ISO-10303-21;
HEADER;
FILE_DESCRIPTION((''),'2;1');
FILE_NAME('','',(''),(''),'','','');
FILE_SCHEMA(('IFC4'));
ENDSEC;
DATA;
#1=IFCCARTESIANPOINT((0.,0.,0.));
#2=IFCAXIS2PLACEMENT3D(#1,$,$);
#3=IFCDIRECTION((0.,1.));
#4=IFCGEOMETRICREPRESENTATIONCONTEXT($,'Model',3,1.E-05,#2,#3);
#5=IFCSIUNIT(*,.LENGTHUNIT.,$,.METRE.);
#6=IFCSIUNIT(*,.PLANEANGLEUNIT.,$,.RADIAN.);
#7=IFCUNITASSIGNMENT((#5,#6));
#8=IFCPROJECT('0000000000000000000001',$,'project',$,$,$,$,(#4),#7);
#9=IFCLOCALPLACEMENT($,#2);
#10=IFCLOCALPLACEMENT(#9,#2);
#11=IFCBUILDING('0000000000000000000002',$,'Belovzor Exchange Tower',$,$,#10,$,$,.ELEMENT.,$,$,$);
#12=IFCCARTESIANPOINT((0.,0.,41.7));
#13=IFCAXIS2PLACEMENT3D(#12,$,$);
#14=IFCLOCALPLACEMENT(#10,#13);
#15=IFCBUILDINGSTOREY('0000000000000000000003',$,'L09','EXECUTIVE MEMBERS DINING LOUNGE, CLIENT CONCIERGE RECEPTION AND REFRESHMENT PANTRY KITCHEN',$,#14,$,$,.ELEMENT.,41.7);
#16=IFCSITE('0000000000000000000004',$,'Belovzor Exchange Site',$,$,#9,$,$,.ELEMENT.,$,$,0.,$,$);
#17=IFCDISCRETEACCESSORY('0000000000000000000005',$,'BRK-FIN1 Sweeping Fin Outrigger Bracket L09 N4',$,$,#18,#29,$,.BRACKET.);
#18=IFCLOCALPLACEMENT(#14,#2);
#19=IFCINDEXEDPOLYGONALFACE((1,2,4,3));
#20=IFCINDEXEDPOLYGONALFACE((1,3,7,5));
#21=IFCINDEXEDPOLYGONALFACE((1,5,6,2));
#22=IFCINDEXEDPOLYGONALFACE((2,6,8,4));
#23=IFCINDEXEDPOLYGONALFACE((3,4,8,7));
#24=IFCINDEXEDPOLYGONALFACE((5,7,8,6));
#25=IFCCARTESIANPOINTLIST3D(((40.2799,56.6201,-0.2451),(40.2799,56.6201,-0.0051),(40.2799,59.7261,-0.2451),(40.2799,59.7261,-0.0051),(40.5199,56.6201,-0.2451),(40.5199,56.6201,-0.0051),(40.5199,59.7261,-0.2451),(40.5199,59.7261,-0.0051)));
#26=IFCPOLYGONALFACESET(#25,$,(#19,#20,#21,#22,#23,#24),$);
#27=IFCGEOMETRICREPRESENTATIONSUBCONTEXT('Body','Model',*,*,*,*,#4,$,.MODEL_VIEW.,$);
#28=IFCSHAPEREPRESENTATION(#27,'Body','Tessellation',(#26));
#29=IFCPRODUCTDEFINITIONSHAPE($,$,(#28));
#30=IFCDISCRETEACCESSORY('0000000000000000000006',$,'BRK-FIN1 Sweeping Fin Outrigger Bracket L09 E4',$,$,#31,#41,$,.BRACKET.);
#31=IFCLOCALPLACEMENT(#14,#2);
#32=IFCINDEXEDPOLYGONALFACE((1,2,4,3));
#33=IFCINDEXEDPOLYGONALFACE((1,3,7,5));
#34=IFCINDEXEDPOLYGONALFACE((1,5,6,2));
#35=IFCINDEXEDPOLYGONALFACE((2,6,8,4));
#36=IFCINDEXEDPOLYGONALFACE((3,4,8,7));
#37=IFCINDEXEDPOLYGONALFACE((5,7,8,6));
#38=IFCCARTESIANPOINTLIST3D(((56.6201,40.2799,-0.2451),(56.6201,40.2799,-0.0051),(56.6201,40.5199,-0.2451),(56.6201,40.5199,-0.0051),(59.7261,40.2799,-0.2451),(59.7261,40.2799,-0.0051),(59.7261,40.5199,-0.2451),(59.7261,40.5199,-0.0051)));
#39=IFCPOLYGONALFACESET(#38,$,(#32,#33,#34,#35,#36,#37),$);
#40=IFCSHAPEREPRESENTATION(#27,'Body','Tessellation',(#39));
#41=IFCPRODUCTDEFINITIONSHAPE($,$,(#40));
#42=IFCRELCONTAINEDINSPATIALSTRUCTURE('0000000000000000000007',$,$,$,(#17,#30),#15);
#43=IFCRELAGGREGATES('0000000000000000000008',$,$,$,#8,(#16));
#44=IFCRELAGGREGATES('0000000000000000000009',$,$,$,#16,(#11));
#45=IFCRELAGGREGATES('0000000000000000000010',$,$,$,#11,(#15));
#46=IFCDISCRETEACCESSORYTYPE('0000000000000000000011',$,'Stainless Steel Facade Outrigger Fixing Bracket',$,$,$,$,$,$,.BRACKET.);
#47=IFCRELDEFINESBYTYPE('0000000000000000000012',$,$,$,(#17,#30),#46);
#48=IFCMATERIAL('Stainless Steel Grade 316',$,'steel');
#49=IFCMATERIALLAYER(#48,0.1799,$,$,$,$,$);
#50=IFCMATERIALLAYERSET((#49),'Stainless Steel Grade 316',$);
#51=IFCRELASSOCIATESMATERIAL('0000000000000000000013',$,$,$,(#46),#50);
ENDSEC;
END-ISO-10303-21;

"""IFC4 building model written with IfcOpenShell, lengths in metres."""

from ifc_helpers import new_model, si_unit, direction, frame, origin, origin_2d, place, context, subcontext, project, spatial, rectangle, extrude, material, layer, layer_set, type_object, element, save


model = new_model("IFC4")

# Units and contexts
model_context = context("Model", 3, precision=1e-05, world=origin(), true_north=direction((0.0, 1.0)))
body_context = subcontext(model_context, "Body", "Model", "MODEL_VIEW")
ifc_project = project(units=[si_unit("LENGTHUNIT", "METRE"), si_unit("PLANEANGLEUNIT", "RADIAN")], contexts=[model_context])

# Site, building, storey
site_placement = place(None, origin())
site = spatial("IfcSite", under=ifc_project, at=site_placement, Name="Belovzor Exchange Site", CompositionType="ELEMENT", RefElevation=0.0)
building_placement = place(site_placement, origin())
building = spatial("IfcBuilding", under=site, at=building_placement, Name="Belovzor Exchange Tower", CompositionType="ELEMENT")
storey_placement = place(building_placement, frame((0.0, 0.0, 41.7)))
storey = spatial("IfcBuildingStorey", under=building, at=storey_placement, Name="L09", Description="EXECUTIVE MEMBERS DINING LOUNGE, CLIENT CONCIERGE RECEPTION AND REFRESHMENT PANTRY KITCHEN", CompositionType="ELEMENT", Elevation=41.7)

# Discrete accessories
ifc_material_1 = material(Name="Stainless Steel Grade 316", Category="steel")
ifc_layer_1 = layer(ifc_material_1, 0.1799)
ifc_layer_set_1 = layer_set([ifc_layer_1], Name="Stainless Steel Grade 316")
discrete_accessory_type = type_object("IfcDiscreteAccessoryType", Name="Stainless Steel Facade Outrigger Fixing Bracket", PredefinedType="BRACKET", material=ifc_layer_set_1)
for number, where, z_axis, x_axis, name in (
    (1, (40.3999, 58.1731, -0.2451), (0.0, 0.0, 1.0), (0.0, 1.0, 0.0), "BRK-FIN1 Sweeping Fin Outrigger Bracket L09 N4"),
    (2, (58.1731, 40.3999, -0.2451), (0.0, 0.0, 1.0), (1.0, 0.0, 0.0), "BRK-FIN1 Sweeping Fin Outrigger Bracket L09 E4"),
):
    element("IfcDiscreteAccessory", number, at=place(storey_placement, frame(where, z_axis=z_axis, x_axis=x_axis)), inside=storey, type_object=discrete_accessory_type, Name=name, PredefinedType="BRACKET", context=body_context, shape_type="SweptSolid", body=[
        extrude(rectangle(XDim=3.106, YDim=0.24, at=origin_2d()), origin(), (0.0, 0.0, 1.0), 0.24),
    ])

save(model, "model.ifc")
